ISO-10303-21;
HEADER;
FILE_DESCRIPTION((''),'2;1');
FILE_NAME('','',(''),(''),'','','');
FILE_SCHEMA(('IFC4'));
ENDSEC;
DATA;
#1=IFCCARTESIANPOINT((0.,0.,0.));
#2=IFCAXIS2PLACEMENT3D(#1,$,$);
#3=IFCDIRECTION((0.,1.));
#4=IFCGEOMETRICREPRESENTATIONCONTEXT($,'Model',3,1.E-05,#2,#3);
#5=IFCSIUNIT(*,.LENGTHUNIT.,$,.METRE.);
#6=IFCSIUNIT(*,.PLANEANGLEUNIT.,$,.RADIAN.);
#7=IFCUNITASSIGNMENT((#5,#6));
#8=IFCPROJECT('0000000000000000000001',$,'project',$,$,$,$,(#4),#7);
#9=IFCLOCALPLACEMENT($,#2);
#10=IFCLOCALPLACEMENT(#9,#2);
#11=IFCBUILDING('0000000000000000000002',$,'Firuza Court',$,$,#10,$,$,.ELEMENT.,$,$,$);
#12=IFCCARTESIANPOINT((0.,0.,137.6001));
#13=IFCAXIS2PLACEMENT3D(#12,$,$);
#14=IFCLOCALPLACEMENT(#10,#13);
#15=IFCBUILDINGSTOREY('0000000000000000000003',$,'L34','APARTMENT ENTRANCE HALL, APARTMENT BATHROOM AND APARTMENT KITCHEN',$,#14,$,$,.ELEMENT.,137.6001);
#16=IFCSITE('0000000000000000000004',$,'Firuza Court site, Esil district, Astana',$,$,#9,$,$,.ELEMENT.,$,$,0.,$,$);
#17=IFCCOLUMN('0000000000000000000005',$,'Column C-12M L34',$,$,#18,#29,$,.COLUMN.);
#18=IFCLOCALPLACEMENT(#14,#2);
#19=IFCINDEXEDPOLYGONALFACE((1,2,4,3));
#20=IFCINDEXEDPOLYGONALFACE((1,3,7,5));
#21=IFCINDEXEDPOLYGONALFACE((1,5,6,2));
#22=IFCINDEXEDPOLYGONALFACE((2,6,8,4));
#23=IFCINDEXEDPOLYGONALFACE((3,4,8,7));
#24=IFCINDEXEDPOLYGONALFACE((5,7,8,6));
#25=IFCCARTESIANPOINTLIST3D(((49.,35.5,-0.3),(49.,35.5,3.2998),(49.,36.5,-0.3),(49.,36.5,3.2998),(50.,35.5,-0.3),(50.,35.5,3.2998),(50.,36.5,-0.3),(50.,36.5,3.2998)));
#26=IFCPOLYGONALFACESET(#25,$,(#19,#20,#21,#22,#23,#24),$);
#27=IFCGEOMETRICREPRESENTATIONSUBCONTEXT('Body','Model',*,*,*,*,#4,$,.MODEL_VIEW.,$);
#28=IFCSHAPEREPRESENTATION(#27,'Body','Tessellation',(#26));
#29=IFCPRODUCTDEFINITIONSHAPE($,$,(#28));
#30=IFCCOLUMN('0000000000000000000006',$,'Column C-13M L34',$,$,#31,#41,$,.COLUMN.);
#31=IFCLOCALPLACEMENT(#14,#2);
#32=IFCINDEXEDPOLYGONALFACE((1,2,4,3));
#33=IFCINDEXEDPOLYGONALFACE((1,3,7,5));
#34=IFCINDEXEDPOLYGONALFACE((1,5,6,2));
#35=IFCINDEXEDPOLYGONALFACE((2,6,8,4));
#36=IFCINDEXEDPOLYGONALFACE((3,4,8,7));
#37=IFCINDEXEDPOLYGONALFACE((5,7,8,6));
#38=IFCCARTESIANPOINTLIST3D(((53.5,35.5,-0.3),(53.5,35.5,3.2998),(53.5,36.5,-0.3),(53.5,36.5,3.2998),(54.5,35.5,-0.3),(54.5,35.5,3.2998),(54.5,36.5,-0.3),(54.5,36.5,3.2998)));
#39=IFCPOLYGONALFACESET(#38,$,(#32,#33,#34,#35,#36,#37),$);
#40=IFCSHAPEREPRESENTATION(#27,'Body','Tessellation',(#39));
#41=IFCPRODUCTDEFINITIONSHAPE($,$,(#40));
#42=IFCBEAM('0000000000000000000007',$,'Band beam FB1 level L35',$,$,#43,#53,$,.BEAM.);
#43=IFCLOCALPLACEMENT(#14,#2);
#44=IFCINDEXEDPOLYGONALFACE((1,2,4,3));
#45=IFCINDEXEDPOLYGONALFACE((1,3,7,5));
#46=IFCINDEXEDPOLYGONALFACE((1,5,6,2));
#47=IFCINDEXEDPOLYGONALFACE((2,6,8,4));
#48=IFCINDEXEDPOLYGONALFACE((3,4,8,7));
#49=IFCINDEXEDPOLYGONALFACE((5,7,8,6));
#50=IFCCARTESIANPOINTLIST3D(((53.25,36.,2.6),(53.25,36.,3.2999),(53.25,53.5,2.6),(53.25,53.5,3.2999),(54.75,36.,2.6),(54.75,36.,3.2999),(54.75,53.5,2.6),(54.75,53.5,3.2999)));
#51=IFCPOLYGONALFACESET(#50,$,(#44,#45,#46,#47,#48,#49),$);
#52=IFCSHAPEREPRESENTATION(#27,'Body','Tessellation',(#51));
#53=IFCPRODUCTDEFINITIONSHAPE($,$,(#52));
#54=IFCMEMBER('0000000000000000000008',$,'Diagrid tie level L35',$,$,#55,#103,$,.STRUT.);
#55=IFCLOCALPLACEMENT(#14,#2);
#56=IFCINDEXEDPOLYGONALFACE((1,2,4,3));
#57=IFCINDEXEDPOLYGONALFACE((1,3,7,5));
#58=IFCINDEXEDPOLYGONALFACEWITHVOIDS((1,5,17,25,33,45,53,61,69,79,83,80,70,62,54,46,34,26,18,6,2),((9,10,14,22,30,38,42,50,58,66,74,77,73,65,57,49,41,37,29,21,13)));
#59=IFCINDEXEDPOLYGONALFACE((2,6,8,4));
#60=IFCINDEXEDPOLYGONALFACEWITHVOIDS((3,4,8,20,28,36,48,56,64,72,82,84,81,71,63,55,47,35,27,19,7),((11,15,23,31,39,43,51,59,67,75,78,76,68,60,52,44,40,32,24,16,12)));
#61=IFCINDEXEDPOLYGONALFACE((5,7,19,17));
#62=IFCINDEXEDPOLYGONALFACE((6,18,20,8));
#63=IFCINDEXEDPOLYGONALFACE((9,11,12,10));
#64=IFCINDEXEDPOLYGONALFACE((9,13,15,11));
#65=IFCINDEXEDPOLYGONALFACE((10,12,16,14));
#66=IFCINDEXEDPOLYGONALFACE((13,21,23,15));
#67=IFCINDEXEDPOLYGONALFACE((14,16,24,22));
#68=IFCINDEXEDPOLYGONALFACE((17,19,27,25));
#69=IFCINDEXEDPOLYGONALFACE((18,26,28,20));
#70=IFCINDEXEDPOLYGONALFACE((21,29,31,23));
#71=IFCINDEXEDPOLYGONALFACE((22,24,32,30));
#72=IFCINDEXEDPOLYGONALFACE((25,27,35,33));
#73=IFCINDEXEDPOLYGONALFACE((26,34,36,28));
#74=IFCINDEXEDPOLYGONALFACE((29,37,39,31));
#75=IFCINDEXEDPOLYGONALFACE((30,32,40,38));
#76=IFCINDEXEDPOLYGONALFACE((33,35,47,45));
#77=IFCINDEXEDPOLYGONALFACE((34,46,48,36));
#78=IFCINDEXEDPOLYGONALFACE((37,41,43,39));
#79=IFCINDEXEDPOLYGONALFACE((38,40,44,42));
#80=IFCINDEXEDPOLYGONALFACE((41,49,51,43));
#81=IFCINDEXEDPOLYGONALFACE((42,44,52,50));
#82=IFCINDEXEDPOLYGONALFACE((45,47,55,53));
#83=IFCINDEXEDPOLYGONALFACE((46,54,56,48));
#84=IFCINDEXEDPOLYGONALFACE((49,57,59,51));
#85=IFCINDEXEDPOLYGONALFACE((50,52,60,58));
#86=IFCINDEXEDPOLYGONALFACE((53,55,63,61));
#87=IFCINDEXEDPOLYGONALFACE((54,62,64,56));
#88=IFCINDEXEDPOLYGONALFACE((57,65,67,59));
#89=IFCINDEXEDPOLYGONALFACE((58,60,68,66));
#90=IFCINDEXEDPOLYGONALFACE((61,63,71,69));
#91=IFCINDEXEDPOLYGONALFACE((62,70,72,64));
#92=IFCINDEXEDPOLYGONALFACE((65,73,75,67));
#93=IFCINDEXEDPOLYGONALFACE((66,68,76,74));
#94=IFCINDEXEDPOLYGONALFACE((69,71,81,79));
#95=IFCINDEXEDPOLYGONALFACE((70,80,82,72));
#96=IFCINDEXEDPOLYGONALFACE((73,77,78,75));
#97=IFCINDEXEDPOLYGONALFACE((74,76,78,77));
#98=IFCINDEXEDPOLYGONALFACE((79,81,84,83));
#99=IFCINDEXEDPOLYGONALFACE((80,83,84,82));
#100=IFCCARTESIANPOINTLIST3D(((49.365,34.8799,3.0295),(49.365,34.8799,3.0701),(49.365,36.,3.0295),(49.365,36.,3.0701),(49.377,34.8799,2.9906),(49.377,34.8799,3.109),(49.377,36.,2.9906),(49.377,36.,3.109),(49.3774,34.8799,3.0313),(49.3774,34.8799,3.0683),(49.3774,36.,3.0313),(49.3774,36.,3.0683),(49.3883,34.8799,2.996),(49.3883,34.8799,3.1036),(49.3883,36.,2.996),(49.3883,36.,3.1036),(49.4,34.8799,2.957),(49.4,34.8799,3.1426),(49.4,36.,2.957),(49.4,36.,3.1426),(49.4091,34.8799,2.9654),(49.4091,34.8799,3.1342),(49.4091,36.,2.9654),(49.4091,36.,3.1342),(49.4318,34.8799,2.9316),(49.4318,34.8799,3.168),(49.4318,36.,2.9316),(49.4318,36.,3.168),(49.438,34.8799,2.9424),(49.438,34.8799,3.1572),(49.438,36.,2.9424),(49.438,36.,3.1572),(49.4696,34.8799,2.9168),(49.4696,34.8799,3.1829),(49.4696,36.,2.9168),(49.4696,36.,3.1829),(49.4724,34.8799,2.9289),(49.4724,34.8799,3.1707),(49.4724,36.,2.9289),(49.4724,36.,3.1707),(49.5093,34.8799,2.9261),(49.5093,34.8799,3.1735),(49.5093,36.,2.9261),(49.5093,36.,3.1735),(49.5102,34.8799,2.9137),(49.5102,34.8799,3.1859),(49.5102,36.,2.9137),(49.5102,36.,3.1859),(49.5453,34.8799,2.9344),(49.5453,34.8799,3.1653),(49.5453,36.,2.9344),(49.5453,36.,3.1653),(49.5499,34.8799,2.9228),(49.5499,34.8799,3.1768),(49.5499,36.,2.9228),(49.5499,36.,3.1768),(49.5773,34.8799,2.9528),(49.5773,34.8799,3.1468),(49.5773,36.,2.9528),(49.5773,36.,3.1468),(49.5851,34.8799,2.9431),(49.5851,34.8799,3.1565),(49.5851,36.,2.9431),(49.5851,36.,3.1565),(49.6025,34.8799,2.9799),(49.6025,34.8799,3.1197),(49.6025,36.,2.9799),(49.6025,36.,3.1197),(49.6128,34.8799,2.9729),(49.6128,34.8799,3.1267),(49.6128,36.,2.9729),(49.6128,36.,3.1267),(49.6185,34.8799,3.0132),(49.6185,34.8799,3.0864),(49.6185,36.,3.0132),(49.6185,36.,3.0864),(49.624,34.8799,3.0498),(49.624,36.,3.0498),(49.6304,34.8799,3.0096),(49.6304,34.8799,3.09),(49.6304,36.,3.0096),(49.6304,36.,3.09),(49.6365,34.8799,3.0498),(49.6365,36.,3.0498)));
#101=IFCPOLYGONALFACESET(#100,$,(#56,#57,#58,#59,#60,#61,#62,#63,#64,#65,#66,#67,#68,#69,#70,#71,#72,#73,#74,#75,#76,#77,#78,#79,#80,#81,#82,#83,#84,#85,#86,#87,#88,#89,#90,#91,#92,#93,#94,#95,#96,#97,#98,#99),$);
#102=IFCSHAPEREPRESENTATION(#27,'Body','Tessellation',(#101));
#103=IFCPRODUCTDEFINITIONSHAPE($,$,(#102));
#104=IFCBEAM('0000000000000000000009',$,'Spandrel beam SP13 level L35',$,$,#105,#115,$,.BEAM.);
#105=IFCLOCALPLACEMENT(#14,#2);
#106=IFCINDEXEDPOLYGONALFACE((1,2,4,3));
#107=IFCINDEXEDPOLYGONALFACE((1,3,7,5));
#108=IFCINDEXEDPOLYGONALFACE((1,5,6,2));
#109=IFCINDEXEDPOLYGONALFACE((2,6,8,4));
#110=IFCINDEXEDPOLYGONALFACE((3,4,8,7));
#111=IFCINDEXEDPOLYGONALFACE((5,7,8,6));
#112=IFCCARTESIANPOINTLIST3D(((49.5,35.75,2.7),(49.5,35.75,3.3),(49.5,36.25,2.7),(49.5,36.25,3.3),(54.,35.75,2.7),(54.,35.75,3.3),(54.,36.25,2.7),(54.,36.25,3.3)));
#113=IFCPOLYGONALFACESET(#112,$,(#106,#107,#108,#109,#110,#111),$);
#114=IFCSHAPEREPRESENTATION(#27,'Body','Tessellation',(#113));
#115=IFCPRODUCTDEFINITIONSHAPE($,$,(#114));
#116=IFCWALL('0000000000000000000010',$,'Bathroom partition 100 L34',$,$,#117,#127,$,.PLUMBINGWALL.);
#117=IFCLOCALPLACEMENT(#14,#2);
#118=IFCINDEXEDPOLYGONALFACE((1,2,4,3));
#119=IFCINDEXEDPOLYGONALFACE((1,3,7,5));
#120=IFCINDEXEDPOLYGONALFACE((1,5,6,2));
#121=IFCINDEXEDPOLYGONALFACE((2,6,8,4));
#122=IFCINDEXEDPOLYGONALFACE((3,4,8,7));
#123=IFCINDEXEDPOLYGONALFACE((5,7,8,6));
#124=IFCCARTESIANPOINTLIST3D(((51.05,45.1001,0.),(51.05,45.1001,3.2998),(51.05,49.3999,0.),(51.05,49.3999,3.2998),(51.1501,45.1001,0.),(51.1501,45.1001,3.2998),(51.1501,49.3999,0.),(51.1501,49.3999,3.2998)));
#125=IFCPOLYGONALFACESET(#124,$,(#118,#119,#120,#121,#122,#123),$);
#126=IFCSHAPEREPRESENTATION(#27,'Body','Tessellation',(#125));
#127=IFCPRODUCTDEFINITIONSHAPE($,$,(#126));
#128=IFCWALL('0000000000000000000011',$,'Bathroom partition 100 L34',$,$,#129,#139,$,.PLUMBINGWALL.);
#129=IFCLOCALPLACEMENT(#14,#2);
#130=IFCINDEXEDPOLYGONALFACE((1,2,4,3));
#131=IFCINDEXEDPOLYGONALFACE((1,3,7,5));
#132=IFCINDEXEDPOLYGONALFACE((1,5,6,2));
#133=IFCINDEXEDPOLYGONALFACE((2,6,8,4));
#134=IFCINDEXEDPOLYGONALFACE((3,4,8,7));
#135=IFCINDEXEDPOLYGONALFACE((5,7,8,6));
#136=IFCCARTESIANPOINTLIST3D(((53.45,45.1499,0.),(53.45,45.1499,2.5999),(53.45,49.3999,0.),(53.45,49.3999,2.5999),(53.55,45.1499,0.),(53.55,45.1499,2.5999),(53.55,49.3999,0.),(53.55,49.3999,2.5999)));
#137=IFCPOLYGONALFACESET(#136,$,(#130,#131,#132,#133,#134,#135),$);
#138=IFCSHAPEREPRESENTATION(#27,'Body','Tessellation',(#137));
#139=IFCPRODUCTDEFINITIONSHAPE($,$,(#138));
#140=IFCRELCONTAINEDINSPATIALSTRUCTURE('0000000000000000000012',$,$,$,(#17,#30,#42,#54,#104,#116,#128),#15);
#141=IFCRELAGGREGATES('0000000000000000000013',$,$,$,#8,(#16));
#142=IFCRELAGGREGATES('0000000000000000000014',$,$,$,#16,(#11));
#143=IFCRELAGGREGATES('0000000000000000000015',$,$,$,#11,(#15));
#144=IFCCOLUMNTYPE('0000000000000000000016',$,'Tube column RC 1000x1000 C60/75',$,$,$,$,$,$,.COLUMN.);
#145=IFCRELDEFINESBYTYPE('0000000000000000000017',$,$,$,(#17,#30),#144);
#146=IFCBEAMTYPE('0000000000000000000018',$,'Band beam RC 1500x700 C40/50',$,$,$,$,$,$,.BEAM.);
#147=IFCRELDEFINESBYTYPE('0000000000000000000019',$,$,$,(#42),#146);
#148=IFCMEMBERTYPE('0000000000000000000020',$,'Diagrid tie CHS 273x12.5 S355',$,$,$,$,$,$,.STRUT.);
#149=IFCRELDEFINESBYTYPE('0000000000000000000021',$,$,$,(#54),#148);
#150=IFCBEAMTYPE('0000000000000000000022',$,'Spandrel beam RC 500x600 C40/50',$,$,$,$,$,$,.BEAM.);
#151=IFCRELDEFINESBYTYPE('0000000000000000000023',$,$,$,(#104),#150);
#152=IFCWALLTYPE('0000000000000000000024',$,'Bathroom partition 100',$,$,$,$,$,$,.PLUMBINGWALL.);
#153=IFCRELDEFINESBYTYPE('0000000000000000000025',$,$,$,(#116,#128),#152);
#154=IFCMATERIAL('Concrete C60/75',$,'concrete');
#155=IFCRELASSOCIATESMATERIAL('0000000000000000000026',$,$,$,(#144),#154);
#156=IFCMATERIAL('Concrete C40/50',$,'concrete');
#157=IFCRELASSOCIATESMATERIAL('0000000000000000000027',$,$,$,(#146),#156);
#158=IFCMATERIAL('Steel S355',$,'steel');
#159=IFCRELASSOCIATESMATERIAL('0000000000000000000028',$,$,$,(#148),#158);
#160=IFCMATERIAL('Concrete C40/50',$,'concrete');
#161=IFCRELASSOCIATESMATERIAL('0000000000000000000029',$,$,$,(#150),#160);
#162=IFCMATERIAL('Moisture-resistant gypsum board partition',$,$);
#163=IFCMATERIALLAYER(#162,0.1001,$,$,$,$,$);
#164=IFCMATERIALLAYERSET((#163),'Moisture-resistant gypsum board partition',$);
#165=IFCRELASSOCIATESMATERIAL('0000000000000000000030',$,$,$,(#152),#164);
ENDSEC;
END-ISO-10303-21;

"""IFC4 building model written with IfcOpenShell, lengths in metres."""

from ifc_helpers import new_model, si_unit, direction, frame, frame_2d, origin, origin_2d, place, context, subcontext, project, spatial, rectangle, hollow_circle, extrude, material, layer, layer_set, material_profile, profile_set, type_object, element, save


model = new_model("IFC4")

# Units and contexts
model_context = context("Model", 3, precision=1e-05, world=origin(), true_north=direction((0.0, 1.0)))
body_context = subcontext(model_context, "Body", "Model", "MODEL_VIEW")
ifc_project = project(units=[si_unit("LENGTHUNIT", "METRE"), si_unit("PLANEANGLEUNIT", "RADIAN")], contexts=[model_context])

# Site, building, storey
site_placement = place(None, origin())
site = spatial("IfcSite", under=ifc_project, at=site_placement, Name="Firuza Court site, Esil district, Astana", CompositionType="ELEMENT", RefElevation=0.0)
building_placement = place(site_placement, origin())
building = spatial("IfcBuilding", under=site, at=building_placement, Name="Firuza Court", CompositionType="ELEMENT")
storey_placement = place(building_placement, frame((0.0, 0.0, 137.6001)))
storey = spatial("IfcBuildingStorey", under=building, at=storey_placement, Name="L34", Description="APARTMENT ENTRANCE HALL, APARTMENT BATHROOM AND APARTMENT KITCHEN", CompositionType="ELEMENT", Elevation=137.6001)

# Columns
ifc_material_1 = material(Name="Concrete C60/75", Category="concrete")
ifc_material_profile_1 = material_profile(ifc_material_1, rectangle(XDim=1.0, YDim=1.0, at=origin_2d()), Name="RC 1000x1000")
ifc_profile_set_1 = profile_set([ifc_material_profile_1], Name="Concrete C60/75")
column_type = type_object("IfcColumnType", Name="Tube column RC 1000x1000 C60/75", PredefinedType="COLUMN", material=ifc_profile_set_1)
for number, where, z_axis, x_axis, name in (
    (1, (49.5, 36.0, -0.3), (0.0, 0.0, 1.0), (1.0, 0.0, 0.0), "Column C-12M L34"),
    (2, (54.0, 36.0, -0.3), (0.0, 0.0, 1.0), (1.0, 0.0, 0.0), "Column C-13M L34"),
):
    element("IfcColumn", number, at=place(storey_placement, frame(where, z_axis=z_axis, x_axis=x_axis)), inside=storey, type_object=column_type, Name=name, PredefinedType="COLUMN", context=body_context, shape_type="SweptSolid", body=[
        extrude(rectangle(XDim=1.0, YDim=1.0, at=origin_2d()), origin(), (0.0, 0.0, 1.0), 3.5999),
    ])

# Beam
ifc_material_2 = material(Name="Concrete C40/50", Category="concrete")
ifc_material_profile_2 = material_profile(ifc_material_2, rectangle(XDim=1.5, YDim=0.7, at=origin_2d()), Name="RC 1500x700")
ifc_profile_set_2 = profile_set([ifc_material_profile_2], Name="Concrete C40/50")
beam_type_1 = type_object("IfcBeamType", Name="Band beam RC 1500x700 C40/50", PredefinedType="BEAM", material=ifc_profile_set_2)
beam_1_placement = place(storey_placement, frame((54.0, 36.0, 2.95), z_axis=(0.0, 1.0, 0.0), x_axis=(-1.0, 0.0, 0.0)))
element("IfcBeam", 3, at=beam_1_placement, inside=storey, type_object=beam_type_1, Name="Band beam FB1 level L35", PredefinedType="BEAM", context=body_context, shape_type="SweptSolid", body=[
    extrude(rectangle(XDim=1.5, YDim=0.7, at=origin_2d()), origin(), (0.0, 0.0, 1.0), 17.5),
])

# Member
ifc_material_3 = material(Name="Steel S355", Category="steel")
ifc_material_profile_3 = material_profile(ifc_material_3, hollow_circle(Radius=0.1365, WallThickness=0.0125, at=origin_2d()), Name="CHS 273x12.5")
ifc_profile_set_3 = profile_set([ifc_material_profile_3], Name="Steel S355")
member_type = type_object("IfcMemberType", Name="Diagrid tie CHS 273x12.5 S355", PredefinedType="STRUT", material=ifc_profile_set_3)
member_placement = place(storey_placement, frame((49.5, 36.0, 3.0498), z_axis=(0.0, -1.0, 0.0), x_axis=(1.0, 0.0, 0.0)))
element("IfcMember", 4, at=member_placement, inside=storey, type_object=member_type, Name="Diagrid tie level L35", PredefinedType="STRUT", context=body_context, shape_type="SweptSolid", body=[
    extrude(hollow_circle(Radius=0.1365, WallThickness=0.0125, at=origin_2d()), origin(), (0.0, 0.0, 1.0), 1.1201),
])

# Beam
ifc_material_4 = material(Name="Concrete C40/50", Category="concrete")
ifc_material_profile_4 = material_profile(ifc_material_4, rectangle(XDim=0.5, YDim=0.6001, at=origin_2d()), Name="RC 500x600")
ifc_profile_set_4 = profile_set([ifc_material_profile_4], Name="Concrete C40/50")
beam_type_2 = type_object("IfcBeamType", Name="Spandrel beam RC 500x600 C40/50", PredefinedType="BEAM", material=ifc_profile_set_4)
beam_2_placement = place(storey_placement, frame((49.5, 36.0, 3.0), z_axis=(1.0, 0.0, 0.0), x_axis=(0.0, 1.0, 0.0)))
element("IfcBeam", 5, at=beam_2_placement, inside=storey, type_object=beam_type_2, Name="Spandrel beam SP13 level L35", PredefinedType="BEAM", context=body_context, shape_type="SweptSolid", body=[
    extrude(rectangle(XDim=0.5, YDim=0.6001, at=origin_2d()), origin(), (0.0, 0.0, 1.0), 4.5),
])

# Walls
ifc_material_5 = material(Name="Moisture-resistant gypsum board partition")
ifc_layer_1 = layer(ifc_material_5, 0.1001)
ifc_layer_set_1 = layer_set([ifc_layer_1], Name="Moisture-resistant gypsum board partition")
wall_type_1 = type_object("IfcWallType", Name="Bathroom partition 100", PredefinedType="PLUMBINGWALL", material=ifc_layer_set_1)
wall_1_placement = place(storey_placement, frame((51.1001, 45.1001, 0.0), z_axis=(0.0, 0.0, 1.0), x_axis=(0.0, 1.0, 0.0)))
element("IfcWall", 6, at=wall_1_placement, inside=storey, type_object=wall_type_1, Name="Bathroom partition 100 L34", PredefinedType="PLUMBINGWALL", context=body_context, shape_type="SweptSolid", body=[
    extrude(rectangle(XDim=4.2998, YDim=0.1001, at=frame_2d((2.1499, 0.0))), origin(), (0.0, 0.0, 1.0), 3.2998),
])
wall_2_placement = place(storey_placement, frame((53.5, 45.1499, 0.0), z_axis=(0.0, 0.0, 1.0), x_axis=(0.0, 1.0, 0.0)))
element("IfcWall", 7, at=wall_2_placement, inside=storey, type_object=wall_type_1, Name="Bathroom partition 100 L34", PredefinedType="PLUMBINGWALL", context=body_context, shape_type="SweptSolid", body=[
    extrude(rectangle(XDim=4.25, YDim=0.1001, at=frame_2d((2.125, 0.0))), origin(), (0.0, 0.0, 1.0), 2.5999),
])

save(model, "model.ifc")
